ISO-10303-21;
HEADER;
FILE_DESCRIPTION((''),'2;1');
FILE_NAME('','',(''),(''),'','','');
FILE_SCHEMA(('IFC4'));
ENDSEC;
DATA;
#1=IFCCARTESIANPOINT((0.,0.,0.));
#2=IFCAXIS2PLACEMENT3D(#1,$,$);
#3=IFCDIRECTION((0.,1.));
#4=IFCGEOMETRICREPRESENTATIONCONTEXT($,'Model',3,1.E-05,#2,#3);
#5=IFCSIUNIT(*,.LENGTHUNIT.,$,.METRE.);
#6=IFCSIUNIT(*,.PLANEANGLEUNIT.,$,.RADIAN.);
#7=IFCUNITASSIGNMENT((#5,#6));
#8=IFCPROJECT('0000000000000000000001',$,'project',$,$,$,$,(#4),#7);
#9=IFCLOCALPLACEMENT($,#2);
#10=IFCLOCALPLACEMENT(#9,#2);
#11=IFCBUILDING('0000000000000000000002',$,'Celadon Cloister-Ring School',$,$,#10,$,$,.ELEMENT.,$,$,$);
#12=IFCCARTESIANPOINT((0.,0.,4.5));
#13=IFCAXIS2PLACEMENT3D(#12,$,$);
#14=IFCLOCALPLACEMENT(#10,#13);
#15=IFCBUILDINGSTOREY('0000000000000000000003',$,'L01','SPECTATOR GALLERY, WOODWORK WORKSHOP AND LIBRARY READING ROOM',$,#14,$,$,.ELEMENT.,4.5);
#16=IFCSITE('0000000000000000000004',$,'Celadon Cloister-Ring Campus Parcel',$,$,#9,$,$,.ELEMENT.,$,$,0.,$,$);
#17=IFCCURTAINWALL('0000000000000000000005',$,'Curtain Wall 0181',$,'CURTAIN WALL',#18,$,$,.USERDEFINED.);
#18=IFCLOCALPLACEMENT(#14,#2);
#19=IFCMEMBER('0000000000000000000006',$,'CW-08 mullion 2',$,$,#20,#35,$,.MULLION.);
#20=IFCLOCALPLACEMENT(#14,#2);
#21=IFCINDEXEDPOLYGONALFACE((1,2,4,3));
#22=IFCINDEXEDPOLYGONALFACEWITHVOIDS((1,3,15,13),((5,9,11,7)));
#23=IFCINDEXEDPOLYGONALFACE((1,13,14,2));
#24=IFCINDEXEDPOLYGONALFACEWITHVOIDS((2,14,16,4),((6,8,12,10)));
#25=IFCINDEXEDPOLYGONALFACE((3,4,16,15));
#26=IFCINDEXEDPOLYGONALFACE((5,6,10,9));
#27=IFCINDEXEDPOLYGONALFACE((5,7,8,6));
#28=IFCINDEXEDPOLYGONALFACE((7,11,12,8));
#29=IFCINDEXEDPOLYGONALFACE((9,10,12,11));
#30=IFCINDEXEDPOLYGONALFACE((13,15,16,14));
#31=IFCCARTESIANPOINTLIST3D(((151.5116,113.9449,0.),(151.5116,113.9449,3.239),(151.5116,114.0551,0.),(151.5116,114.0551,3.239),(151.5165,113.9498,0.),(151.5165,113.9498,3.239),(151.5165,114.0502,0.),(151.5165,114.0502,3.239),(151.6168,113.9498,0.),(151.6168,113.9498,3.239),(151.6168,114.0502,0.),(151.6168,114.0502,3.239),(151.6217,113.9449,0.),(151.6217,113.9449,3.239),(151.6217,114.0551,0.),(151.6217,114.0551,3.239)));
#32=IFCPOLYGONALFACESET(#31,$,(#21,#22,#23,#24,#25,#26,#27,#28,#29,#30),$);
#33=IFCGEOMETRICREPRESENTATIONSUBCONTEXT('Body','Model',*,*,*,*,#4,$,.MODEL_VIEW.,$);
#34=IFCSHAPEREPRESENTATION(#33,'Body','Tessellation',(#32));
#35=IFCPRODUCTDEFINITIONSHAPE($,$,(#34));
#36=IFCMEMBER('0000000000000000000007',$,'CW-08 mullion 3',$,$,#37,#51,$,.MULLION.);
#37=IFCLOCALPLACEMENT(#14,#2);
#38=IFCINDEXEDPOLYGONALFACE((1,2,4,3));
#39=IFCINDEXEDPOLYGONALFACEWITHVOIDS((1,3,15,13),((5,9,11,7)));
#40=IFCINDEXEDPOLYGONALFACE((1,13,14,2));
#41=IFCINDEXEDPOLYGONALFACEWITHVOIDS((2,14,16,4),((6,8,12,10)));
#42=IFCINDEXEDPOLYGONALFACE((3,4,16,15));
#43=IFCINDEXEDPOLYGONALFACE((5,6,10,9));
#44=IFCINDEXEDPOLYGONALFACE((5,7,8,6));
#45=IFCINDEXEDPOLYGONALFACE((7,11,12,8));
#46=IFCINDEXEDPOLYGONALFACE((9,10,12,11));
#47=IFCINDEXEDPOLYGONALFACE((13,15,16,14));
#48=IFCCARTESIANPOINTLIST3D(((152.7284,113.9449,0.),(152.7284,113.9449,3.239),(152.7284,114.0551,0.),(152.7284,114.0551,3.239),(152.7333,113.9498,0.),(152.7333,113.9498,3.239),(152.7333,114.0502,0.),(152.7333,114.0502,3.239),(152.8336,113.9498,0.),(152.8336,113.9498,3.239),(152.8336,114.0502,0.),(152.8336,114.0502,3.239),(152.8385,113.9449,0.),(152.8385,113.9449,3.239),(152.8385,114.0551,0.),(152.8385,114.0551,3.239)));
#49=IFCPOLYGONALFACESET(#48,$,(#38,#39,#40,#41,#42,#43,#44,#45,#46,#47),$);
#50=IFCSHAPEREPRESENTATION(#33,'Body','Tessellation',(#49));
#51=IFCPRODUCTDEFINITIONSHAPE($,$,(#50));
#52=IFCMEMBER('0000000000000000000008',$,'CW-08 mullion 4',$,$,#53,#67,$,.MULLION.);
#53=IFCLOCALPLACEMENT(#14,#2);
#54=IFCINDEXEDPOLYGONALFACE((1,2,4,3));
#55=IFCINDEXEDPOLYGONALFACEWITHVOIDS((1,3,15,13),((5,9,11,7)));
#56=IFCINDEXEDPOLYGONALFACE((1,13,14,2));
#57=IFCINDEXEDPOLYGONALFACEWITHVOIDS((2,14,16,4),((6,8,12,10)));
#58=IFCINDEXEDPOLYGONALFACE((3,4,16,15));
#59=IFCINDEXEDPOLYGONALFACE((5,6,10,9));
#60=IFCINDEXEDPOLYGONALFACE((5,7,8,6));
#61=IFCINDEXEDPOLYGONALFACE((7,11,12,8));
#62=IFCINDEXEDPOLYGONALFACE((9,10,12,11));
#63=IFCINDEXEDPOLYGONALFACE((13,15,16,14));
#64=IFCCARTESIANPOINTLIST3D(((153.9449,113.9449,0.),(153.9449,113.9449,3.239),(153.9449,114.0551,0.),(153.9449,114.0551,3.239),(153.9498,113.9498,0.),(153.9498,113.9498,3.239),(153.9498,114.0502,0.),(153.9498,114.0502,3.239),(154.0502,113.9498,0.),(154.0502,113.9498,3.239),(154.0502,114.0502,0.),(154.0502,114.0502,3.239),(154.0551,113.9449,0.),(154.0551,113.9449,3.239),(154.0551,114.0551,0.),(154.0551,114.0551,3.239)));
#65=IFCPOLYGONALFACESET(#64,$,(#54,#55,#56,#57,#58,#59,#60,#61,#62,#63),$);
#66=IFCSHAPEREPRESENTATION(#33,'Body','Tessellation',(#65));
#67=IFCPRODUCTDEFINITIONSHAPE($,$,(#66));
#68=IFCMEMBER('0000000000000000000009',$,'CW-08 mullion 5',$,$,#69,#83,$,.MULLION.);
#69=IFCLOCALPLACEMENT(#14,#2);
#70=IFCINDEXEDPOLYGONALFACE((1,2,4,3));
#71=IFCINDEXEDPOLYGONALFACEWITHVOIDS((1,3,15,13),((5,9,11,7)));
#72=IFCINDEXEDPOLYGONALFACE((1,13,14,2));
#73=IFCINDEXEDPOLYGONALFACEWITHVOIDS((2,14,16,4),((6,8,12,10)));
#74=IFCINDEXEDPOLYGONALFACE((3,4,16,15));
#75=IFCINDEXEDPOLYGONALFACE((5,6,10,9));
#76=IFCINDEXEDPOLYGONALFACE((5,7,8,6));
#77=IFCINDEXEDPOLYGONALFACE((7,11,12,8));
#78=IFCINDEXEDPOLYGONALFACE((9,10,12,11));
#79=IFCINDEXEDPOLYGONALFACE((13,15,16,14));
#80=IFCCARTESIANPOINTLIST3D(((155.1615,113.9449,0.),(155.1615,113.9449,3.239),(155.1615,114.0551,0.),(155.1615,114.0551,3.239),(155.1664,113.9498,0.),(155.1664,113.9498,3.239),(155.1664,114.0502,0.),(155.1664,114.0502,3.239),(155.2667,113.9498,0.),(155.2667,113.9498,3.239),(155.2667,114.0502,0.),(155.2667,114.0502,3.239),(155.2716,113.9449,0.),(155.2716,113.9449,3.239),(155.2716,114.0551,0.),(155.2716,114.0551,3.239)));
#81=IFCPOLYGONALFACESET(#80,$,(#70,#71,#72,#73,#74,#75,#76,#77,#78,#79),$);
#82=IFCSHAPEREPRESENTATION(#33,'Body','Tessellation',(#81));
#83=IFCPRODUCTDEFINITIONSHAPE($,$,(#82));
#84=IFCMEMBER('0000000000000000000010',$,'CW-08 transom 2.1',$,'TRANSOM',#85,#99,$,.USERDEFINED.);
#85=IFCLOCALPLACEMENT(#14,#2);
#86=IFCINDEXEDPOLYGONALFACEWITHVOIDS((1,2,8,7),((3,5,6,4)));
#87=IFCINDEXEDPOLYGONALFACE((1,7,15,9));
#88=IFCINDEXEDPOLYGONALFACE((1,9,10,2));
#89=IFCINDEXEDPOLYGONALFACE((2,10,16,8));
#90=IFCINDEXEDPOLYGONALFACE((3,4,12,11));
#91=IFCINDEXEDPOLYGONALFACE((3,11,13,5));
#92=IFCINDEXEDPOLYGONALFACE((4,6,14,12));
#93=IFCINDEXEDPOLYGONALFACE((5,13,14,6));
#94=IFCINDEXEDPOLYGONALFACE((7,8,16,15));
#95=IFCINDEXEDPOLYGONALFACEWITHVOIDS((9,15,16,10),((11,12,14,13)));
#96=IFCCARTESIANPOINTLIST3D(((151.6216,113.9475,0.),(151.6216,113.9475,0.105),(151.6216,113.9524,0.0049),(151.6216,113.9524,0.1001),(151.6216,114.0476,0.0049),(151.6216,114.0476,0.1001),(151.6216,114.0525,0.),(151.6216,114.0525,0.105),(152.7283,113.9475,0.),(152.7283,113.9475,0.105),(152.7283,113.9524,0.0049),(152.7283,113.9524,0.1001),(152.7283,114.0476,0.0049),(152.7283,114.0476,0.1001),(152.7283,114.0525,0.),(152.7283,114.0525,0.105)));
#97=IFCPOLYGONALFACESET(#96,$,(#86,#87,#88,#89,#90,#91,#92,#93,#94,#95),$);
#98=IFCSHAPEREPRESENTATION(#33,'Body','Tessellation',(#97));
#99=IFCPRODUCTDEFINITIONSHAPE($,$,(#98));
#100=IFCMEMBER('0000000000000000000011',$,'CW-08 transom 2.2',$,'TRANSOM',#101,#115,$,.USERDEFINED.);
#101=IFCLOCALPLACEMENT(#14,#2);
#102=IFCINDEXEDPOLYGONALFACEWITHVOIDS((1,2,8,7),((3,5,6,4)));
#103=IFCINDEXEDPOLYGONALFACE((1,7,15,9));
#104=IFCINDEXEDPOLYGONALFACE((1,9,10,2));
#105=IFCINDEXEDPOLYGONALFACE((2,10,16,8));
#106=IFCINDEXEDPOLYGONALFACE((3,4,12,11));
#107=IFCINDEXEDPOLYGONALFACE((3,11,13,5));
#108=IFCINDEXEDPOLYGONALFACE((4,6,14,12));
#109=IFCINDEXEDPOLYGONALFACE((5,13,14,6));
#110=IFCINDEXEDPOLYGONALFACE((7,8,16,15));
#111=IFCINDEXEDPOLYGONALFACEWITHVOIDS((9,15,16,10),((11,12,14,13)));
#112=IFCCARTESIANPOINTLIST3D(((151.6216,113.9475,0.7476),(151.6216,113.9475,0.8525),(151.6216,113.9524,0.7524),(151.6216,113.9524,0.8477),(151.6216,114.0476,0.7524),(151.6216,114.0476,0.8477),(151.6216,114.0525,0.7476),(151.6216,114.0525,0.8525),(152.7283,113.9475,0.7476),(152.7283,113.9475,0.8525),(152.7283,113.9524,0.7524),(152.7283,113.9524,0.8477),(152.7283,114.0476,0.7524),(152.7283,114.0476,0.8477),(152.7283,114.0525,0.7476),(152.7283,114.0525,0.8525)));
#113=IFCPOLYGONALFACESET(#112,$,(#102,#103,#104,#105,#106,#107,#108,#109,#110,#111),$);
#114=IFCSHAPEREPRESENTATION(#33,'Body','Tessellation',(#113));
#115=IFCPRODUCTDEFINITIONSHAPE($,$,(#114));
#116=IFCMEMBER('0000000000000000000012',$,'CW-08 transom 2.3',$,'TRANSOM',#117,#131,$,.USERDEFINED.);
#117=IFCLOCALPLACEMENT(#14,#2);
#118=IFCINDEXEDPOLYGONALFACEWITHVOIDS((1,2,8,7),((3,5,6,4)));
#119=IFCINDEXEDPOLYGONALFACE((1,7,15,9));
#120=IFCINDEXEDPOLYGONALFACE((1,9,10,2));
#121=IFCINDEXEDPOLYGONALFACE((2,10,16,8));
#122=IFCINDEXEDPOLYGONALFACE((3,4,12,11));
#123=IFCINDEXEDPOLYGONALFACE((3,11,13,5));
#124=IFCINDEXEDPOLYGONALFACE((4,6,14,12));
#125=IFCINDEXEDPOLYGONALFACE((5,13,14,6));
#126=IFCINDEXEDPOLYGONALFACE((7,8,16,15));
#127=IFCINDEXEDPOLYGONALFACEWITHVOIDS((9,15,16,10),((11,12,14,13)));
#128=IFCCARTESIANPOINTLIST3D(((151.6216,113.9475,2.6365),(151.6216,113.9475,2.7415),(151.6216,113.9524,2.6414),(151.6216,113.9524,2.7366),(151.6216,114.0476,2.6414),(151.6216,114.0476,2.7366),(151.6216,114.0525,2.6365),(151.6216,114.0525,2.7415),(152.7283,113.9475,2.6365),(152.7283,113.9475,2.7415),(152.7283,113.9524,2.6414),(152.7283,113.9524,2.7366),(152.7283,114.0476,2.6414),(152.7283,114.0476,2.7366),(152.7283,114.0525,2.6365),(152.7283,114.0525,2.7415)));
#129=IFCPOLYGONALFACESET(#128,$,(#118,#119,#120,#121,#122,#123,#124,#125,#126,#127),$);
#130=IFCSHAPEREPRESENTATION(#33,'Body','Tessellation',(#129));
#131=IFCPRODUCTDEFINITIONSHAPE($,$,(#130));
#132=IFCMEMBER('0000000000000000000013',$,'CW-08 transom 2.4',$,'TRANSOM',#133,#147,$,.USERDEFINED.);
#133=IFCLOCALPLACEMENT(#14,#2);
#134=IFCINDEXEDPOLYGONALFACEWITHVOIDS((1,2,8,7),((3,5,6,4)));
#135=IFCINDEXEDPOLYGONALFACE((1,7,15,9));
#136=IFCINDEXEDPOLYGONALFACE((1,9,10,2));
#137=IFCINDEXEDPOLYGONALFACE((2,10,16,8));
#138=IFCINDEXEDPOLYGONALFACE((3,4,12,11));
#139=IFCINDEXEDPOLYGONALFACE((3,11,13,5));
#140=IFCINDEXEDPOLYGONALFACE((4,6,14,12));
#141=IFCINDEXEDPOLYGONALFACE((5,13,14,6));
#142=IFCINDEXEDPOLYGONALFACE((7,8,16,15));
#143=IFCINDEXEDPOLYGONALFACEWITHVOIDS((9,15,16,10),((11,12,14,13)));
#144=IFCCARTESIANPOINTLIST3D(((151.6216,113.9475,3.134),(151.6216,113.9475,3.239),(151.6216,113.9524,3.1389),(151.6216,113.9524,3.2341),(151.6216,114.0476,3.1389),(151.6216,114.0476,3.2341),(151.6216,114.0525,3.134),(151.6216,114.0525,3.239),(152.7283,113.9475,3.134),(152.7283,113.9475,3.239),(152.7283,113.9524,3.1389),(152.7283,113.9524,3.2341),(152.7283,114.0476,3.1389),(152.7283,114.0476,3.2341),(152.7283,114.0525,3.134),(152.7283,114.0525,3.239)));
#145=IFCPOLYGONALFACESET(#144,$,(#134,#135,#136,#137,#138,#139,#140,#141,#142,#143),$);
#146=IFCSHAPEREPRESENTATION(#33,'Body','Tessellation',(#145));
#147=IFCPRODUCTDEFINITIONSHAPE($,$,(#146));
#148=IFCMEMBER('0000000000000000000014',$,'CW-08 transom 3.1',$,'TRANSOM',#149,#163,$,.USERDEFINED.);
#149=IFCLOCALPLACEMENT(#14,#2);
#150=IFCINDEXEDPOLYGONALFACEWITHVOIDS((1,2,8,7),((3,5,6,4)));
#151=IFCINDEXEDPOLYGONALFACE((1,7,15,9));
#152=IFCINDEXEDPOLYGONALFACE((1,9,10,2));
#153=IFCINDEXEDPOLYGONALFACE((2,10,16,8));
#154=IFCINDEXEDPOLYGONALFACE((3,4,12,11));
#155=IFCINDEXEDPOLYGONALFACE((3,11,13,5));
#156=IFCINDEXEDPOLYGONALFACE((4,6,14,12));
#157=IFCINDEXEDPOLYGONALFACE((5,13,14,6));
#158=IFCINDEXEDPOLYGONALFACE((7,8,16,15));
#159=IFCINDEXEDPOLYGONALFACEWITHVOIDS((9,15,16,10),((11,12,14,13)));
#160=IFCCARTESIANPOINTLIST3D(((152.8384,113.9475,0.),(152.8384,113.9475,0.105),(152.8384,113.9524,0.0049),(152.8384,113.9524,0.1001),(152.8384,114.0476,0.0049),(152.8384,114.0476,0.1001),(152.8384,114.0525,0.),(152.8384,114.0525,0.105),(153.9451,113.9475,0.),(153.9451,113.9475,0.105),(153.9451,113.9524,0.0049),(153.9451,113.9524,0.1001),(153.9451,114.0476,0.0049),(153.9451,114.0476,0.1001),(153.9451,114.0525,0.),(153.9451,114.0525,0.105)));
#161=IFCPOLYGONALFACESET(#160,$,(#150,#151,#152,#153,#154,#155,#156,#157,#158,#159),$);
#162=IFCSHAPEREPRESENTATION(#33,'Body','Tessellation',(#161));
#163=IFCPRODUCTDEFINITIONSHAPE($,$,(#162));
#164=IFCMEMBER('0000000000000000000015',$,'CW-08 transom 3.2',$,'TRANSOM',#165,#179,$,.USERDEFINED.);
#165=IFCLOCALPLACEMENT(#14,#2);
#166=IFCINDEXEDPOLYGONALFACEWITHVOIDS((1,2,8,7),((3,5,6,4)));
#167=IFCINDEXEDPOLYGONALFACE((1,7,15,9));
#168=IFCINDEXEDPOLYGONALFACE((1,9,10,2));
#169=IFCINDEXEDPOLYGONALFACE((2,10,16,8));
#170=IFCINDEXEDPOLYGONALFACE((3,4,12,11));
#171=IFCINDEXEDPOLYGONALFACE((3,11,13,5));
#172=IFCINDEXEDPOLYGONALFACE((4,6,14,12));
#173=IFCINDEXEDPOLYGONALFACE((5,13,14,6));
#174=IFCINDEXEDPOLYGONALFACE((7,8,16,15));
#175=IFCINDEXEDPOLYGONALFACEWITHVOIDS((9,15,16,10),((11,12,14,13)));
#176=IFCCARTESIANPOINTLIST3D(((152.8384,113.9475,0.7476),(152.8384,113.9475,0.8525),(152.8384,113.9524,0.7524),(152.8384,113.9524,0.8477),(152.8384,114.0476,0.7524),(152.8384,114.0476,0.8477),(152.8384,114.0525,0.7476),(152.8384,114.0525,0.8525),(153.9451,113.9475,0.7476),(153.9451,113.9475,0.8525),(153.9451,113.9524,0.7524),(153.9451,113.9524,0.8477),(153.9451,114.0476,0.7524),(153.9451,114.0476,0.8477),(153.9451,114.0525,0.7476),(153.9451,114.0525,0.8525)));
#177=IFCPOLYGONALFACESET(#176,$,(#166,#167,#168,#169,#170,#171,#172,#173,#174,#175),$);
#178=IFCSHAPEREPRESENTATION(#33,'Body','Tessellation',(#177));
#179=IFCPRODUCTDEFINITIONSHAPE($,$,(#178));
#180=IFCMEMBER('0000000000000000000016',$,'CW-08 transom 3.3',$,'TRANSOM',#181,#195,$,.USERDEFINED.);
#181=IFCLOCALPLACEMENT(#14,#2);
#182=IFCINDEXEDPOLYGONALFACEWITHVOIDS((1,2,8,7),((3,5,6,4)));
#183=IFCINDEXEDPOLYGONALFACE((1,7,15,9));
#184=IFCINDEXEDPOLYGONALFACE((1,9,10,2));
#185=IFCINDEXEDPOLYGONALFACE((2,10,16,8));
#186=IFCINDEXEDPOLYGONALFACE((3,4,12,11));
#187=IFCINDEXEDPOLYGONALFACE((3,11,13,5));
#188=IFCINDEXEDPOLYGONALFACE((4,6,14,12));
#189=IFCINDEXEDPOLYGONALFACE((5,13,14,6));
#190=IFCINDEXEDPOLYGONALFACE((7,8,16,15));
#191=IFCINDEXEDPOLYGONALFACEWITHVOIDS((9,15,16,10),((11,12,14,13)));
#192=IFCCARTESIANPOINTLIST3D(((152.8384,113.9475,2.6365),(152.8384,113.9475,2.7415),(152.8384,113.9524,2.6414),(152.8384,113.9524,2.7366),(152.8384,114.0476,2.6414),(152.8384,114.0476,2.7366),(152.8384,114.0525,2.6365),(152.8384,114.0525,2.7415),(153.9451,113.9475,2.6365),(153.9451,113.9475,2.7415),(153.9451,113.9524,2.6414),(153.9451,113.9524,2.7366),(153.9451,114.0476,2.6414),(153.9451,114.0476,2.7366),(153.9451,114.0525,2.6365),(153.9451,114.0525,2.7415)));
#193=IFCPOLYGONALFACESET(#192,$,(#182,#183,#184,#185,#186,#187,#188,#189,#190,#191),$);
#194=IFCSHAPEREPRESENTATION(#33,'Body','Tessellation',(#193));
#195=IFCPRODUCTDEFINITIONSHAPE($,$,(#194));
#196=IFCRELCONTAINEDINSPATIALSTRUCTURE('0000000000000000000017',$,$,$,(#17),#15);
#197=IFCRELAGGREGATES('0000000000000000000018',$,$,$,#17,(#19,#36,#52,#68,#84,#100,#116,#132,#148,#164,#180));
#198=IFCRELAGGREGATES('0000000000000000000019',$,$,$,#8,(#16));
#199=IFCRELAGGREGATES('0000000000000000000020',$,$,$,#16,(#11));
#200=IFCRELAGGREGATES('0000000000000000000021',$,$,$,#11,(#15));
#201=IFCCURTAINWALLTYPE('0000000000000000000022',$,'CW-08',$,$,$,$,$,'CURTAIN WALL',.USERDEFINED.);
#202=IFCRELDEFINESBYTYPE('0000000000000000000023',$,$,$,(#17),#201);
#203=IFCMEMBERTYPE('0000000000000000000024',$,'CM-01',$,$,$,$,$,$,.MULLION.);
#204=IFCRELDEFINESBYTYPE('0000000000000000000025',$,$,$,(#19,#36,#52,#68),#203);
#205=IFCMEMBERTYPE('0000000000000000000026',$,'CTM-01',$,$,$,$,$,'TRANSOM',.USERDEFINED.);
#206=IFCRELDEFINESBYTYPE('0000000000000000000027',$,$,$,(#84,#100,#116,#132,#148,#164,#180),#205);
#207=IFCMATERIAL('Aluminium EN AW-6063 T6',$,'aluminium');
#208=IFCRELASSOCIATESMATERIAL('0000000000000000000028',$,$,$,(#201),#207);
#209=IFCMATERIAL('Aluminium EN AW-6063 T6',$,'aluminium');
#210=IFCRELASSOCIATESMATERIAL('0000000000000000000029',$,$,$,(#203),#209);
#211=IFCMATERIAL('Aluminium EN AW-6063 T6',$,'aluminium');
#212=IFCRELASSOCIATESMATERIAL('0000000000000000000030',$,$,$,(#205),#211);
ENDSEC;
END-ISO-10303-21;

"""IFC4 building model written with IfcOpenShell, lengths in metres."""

from ifc_helpers import new_model, si_unit, direction, frame, origin, origin_2d, place, context, subcontext, project, spatial, hollow_rectangle, extrude, material, material_profile, profile_set, type_object, element, aggregate, save


model = new_model("IFC4")

# Units and contexts
model_context = context("Model", 3, precision=1e-05, world=origin(), true_north=direction((0.0, 1.0)))
body_context = subcontext(model_context, "Body", "Model", "MODEL_VIEW")
ifc_project = project(units=[si_unit("LENGTHUNIT", "METRE"), si_unit("PLANEANGLEUNIT", "RADIAN")], contexts=[model_context])

# Site, building, storey
site_placement = place(None, origin())
site = spatial("IfcSite", under=ifc_project, at=site_placement, Name="Celadon Cloister-Ring Campus Parcel", CompositionType="ELEMENT", RefElevation=0.0)
building_placement = place(site_placement, origin())
building = spatial("IfcBuilding", under=site, at=building_placement, Name="Celadon Cloister-Ring School", CompositionType="ELEMENT")
storey_placement = place(building_placement, frame((0.0, 0.0, 4.5)))
storey = spatial("IfcBuildingStorey", under=building, at=storey_placement, Name="L01", Description="SPECTATOR GALLERY, WOODWORK WORKSHOP AND LIBRARY READING ROOM", CompositionType="ELEMENT", Elevation=4.5)

# Curtain wall, members
ifc_material_1 = material(Name="Aluminium EN AW-6063 T6", Category="aluminium")
curtain_wall_type = type_object("IfcCurtainWallType", Name="CW-08", ElementType="CURTAIN WALL", PredefinedType="USERDEFINED", material=ifc_material_1)
curtain_wall_placement = place(storey_placement, origin())
curtain_wall = element("IfcCurtainWall", 1, at=curtain_wall_placement, inside=storey, type_object=curtain_wall_type, Name="Curtain Wall 0181", ObjectType="CURTAIN WALL", PredefinedType="USERDEFINED")
ifc_material_2 = material(Name="Aluminium EN AW-6063 T6", Category="aluminium")
ifc_material_profile_1 = material_profile(ifc_material_2, hollow_rectangle(XDim=0.1101, YDim=0.1101, WallThickness=0.0049, at=origin_2d()), Name="RHS110X110X5")
ifc_profile_set_1 = profile_set([ifc_material_profile_1], Name="Aluminium EN AW-6063 T6")
member_type_1 = type_object("IfcMemberType", Name="CM-01", PredefinedType="MULLION", material=ifc_profile_set_1)
member_1_placement = place(storey_placement, frame((151.5667, 114.0, 0.0), z_axis=(0.0, 0.0, 1.0), x_axis=(0.0, 1.0, 0.0)))
member_1 = element("IfcMember", 2, at=member_1_placement, type_object=member_type_1, Name="CW-08 mullion 2", PredefinedType="MULLION", context=body_context, shape_type="SweptSolid", body=[
    extrude(hollow_rectangle(XDim=0.1101, YDim=0.1101, WallThickness=0.0049, at=origin_2d()), origin(), (0.0, 0.0, 1.0), 3.239),
])
member_2_placement = place(storey_placement, frame((152.7834, 114.0, 0.0), z_axis=(0.0, 0.0, 1.0), x_axis=(0.0, 1.0, 0.0)))
member_2 = element("IfcMember", 3, at=member_2_placement, type_object=member_type_1, Name="CW-08 mullion 3", PredefinedType="MULLION", context=body_context, shape_type="SweptSolid", body=[
    extrude(hollow_rectangle(XDim=0.1101, YDim=0.1101, WallThickness=0.0049, at=origin_2d()), origin(), (0.0, 0.0, 1.0), 3.239),
])
member_3_placement = place(storey_placement, frame((154.0, 114.0, 0.0), z_axis=(0.0, 0.0, 1.0), x_axis=(0.0, 1.0, 0.0)))
member_3 = element("IfcMember", 4, at=member_3_placement, type_object=member_type_1, Name="CW-08 mullion 4", PredefinedType="MULLION", context=body_context, shape_type="SweptSolid", body=[
    extrude(hollow_rectangle(XDim=0.1101, YDim=0.1101, WallThickness=0.0049, at=origin_2d()), origin(), (0.0, 0.0, 1.0), 3.239),
])
member_4_placement = place(storey_placement, frame((155.2166, 114.0, 0.0), z_axis=(0.0, 0.0, 1.0), x_axis=(0.0, 1.0, 0.0)))
member_4 = element("IfcMember", 5, at=member_4_placement, type_object=member_type_1, Name="CW-08 mullion 5", PredefinedType="MULLION", context=body_context, shape_type="SweptSolid", body=[
    extrude(hollow_rectangle(XDim=0.1101, YDim=0.1101, WallThickness=0.0049, at=origin_2d()), origin(), (0.0, 0.0, 1.0), 3.239),
])
ifc_material_3 = material(Name="Aluminium EN AW-6063 T6", Category="aluminium")
ifc_material_profile_2 = material_profile(ifc_material_3, hollow_rectangle(XDim=0.105, YDim=0.105, WallThickness=0.0049, at=origin_2d()), Name="RHS105X105X5")
ifc_profile_set_2 = profile_set([ifc_material_profile_2], Name="Aluminium EN AW-6063 T6")
member_type_2 = type_object("IfcMemberType", Name="CTM-01", ElementType="TRANSOM", PredefinedType="USERDEFINED", material=ifc_profile_set_2)
member_5_placement = place(storey_placement, frame((151.6216, 114.0, 0.0525), z_axis=(1.0, 0.0, 0.0), x_axis=(0.0, 1.0, 0.0)))
member_5 = element("IfcMember", 6, at=member_5_placement, type_object=member_type_2, Name="CW-08 transom 2.1", ObjectType="TRANSOM", PredefinedType="USERDEFINED", context=body_context, shape_type="SweptSolid", body=[
    extrude(hollow_rectangle(XDim=0.105, YDim=0.105, WallThickness=0.0049, at=origin_2d()), origin(), (0.0, 0.0, 1.0), 1.1067),
])
member_6_placement = place(storey_placement, frame((151.6216, 114.0, 0.8), z_axis=(1.0, 0.0, 0.0), x_axis=(0.0, 1.0, 0.0)))
member_6 = element("IfcMember", 7, at=member_6_placement, type_object=member_type_2, Name="CW-08 transom 2.2", ObjectType="TRANSOM", PredefinedType="USERDEFINED", context=body_context, shape_type="SweptSolid", body=[
    extrude(hollow_rectangle(XDim=0.105, YDim=0.105, WallThickness=0.0049, at=origin_2d()), origin(), (0.0, 0.0, 1.0), 1.1067),
])
member_7_placement = place(storey_placement, frame((151.6216, 114.0, 2.689), z_axis=(1.0, 0.0, 0.0), x_axis=(0.0, 1.0, 0.0)))
member_7 = element("IfcMember", 8, at=member_7_placement, type_object=member_type_2, Name="CW-08 transom 2.3", ObjectType="TRANSOM", PredefinedType="USERDEFINED", context=body_context, shape_type="SweptSolid", body=[
    extrude(hollow_rectangle(XDim=0.105, YDim=0.105, WallThickness=0.0049, at=origin_2d()), origin(), (0.0, 0.0, 1.0), 1.1067),
])
member_8_placement = place(storey_placement, frame((151.6216, 114.0, 3.1865), z_axis=(1.0, 0.0, 0.0), x_axis=(0.0, 1.0, 0.0)))
member_8 = element("IfcMember", 9, at=member_8_placement, type_object=member_type_2, Name="CW-08 transom 2.4", ObjectType="TRANSOM", PredefinedType="USERDEFINED", context=body_context, shape_type="SweptSolid", body=[
    extrude(hollow_rectangle(XDim=0.105, YDim=0.105, WallThickness=0.0049, at=origin_2d()), origin(), (0.0, 0.0, 1.0), 1.1067),
])
member_9_placement = place(storey_placement, frame((152.8384, 114.0, 0.0525), z_axis=(1.0, 0.0, 0.0), x_axis=(0.0, 1.0, 0.0)))
member_9 = element("IfcMember", 10, at=member_9_placement, type_object=member_type_2, Name="CW-08 transom 3.1", ObjectType="TRANSOM", PredefinedType="USERDEFINED", context=body_context, shape_type="SweptSolid", body=[
    extrude(hollow_rectangle(XDim=0.105, YDim=0.105, WallThickness=0.0049, at=origin_2d()), origin(), (0.0, 0.0, 1.0), 1.1067),
])
member_10_placement = place(storey_placement, frame((152.8384, 114.0, 0.8), z_axis=(1.0, 0.0, 0.0), x_axis=(0.0, 1.0, 0.0)))
member_10 = element("IfcMember", 11, at=member_10_placement, type_object=member_type_2, Name="CW-08 transom 3.2", ObjectType="TRANSOM", PredefinedType="USERDEFINED", context=body_context, shape_type="SweptSolid", body=[
    extrude(hollow_rectangle(XDim=0.105, YDim=0.105, WallThickness=0.0049, at=origin_2d()), origin(), (0.0, 0.0, 1.0), 1.1067),
])
member_11_placement = place(storey_placement, frame((152.8384, 114.0, 2.689), z_axis=(1.0, 0.0, 0.0), x_axis=(0.0, 1.0, 0.0)))
member_11 = element("IfcMember", 12, at=member_11_placement, type_object=member_type_2, Name="CW-08 transom 3.3", ObjectType="TRANSOM", PredefinedType="USERDEFINED", context=body_context, shape_type="SweptSolid", body=[
    extrude(hollow_rectangle(XDim=0.105, YDim=0.105, WallThickness=0.0049, at=origin_2d()), origin(), (0.0, 0.0, 1.0), 1.1067),
])
aggregate(curtain_wall, [member_1, member_2, member_3, member_4, member_5, member_6, member_7, member_8, member_9, member_10, member_11])

save(model, "model.ifc")
